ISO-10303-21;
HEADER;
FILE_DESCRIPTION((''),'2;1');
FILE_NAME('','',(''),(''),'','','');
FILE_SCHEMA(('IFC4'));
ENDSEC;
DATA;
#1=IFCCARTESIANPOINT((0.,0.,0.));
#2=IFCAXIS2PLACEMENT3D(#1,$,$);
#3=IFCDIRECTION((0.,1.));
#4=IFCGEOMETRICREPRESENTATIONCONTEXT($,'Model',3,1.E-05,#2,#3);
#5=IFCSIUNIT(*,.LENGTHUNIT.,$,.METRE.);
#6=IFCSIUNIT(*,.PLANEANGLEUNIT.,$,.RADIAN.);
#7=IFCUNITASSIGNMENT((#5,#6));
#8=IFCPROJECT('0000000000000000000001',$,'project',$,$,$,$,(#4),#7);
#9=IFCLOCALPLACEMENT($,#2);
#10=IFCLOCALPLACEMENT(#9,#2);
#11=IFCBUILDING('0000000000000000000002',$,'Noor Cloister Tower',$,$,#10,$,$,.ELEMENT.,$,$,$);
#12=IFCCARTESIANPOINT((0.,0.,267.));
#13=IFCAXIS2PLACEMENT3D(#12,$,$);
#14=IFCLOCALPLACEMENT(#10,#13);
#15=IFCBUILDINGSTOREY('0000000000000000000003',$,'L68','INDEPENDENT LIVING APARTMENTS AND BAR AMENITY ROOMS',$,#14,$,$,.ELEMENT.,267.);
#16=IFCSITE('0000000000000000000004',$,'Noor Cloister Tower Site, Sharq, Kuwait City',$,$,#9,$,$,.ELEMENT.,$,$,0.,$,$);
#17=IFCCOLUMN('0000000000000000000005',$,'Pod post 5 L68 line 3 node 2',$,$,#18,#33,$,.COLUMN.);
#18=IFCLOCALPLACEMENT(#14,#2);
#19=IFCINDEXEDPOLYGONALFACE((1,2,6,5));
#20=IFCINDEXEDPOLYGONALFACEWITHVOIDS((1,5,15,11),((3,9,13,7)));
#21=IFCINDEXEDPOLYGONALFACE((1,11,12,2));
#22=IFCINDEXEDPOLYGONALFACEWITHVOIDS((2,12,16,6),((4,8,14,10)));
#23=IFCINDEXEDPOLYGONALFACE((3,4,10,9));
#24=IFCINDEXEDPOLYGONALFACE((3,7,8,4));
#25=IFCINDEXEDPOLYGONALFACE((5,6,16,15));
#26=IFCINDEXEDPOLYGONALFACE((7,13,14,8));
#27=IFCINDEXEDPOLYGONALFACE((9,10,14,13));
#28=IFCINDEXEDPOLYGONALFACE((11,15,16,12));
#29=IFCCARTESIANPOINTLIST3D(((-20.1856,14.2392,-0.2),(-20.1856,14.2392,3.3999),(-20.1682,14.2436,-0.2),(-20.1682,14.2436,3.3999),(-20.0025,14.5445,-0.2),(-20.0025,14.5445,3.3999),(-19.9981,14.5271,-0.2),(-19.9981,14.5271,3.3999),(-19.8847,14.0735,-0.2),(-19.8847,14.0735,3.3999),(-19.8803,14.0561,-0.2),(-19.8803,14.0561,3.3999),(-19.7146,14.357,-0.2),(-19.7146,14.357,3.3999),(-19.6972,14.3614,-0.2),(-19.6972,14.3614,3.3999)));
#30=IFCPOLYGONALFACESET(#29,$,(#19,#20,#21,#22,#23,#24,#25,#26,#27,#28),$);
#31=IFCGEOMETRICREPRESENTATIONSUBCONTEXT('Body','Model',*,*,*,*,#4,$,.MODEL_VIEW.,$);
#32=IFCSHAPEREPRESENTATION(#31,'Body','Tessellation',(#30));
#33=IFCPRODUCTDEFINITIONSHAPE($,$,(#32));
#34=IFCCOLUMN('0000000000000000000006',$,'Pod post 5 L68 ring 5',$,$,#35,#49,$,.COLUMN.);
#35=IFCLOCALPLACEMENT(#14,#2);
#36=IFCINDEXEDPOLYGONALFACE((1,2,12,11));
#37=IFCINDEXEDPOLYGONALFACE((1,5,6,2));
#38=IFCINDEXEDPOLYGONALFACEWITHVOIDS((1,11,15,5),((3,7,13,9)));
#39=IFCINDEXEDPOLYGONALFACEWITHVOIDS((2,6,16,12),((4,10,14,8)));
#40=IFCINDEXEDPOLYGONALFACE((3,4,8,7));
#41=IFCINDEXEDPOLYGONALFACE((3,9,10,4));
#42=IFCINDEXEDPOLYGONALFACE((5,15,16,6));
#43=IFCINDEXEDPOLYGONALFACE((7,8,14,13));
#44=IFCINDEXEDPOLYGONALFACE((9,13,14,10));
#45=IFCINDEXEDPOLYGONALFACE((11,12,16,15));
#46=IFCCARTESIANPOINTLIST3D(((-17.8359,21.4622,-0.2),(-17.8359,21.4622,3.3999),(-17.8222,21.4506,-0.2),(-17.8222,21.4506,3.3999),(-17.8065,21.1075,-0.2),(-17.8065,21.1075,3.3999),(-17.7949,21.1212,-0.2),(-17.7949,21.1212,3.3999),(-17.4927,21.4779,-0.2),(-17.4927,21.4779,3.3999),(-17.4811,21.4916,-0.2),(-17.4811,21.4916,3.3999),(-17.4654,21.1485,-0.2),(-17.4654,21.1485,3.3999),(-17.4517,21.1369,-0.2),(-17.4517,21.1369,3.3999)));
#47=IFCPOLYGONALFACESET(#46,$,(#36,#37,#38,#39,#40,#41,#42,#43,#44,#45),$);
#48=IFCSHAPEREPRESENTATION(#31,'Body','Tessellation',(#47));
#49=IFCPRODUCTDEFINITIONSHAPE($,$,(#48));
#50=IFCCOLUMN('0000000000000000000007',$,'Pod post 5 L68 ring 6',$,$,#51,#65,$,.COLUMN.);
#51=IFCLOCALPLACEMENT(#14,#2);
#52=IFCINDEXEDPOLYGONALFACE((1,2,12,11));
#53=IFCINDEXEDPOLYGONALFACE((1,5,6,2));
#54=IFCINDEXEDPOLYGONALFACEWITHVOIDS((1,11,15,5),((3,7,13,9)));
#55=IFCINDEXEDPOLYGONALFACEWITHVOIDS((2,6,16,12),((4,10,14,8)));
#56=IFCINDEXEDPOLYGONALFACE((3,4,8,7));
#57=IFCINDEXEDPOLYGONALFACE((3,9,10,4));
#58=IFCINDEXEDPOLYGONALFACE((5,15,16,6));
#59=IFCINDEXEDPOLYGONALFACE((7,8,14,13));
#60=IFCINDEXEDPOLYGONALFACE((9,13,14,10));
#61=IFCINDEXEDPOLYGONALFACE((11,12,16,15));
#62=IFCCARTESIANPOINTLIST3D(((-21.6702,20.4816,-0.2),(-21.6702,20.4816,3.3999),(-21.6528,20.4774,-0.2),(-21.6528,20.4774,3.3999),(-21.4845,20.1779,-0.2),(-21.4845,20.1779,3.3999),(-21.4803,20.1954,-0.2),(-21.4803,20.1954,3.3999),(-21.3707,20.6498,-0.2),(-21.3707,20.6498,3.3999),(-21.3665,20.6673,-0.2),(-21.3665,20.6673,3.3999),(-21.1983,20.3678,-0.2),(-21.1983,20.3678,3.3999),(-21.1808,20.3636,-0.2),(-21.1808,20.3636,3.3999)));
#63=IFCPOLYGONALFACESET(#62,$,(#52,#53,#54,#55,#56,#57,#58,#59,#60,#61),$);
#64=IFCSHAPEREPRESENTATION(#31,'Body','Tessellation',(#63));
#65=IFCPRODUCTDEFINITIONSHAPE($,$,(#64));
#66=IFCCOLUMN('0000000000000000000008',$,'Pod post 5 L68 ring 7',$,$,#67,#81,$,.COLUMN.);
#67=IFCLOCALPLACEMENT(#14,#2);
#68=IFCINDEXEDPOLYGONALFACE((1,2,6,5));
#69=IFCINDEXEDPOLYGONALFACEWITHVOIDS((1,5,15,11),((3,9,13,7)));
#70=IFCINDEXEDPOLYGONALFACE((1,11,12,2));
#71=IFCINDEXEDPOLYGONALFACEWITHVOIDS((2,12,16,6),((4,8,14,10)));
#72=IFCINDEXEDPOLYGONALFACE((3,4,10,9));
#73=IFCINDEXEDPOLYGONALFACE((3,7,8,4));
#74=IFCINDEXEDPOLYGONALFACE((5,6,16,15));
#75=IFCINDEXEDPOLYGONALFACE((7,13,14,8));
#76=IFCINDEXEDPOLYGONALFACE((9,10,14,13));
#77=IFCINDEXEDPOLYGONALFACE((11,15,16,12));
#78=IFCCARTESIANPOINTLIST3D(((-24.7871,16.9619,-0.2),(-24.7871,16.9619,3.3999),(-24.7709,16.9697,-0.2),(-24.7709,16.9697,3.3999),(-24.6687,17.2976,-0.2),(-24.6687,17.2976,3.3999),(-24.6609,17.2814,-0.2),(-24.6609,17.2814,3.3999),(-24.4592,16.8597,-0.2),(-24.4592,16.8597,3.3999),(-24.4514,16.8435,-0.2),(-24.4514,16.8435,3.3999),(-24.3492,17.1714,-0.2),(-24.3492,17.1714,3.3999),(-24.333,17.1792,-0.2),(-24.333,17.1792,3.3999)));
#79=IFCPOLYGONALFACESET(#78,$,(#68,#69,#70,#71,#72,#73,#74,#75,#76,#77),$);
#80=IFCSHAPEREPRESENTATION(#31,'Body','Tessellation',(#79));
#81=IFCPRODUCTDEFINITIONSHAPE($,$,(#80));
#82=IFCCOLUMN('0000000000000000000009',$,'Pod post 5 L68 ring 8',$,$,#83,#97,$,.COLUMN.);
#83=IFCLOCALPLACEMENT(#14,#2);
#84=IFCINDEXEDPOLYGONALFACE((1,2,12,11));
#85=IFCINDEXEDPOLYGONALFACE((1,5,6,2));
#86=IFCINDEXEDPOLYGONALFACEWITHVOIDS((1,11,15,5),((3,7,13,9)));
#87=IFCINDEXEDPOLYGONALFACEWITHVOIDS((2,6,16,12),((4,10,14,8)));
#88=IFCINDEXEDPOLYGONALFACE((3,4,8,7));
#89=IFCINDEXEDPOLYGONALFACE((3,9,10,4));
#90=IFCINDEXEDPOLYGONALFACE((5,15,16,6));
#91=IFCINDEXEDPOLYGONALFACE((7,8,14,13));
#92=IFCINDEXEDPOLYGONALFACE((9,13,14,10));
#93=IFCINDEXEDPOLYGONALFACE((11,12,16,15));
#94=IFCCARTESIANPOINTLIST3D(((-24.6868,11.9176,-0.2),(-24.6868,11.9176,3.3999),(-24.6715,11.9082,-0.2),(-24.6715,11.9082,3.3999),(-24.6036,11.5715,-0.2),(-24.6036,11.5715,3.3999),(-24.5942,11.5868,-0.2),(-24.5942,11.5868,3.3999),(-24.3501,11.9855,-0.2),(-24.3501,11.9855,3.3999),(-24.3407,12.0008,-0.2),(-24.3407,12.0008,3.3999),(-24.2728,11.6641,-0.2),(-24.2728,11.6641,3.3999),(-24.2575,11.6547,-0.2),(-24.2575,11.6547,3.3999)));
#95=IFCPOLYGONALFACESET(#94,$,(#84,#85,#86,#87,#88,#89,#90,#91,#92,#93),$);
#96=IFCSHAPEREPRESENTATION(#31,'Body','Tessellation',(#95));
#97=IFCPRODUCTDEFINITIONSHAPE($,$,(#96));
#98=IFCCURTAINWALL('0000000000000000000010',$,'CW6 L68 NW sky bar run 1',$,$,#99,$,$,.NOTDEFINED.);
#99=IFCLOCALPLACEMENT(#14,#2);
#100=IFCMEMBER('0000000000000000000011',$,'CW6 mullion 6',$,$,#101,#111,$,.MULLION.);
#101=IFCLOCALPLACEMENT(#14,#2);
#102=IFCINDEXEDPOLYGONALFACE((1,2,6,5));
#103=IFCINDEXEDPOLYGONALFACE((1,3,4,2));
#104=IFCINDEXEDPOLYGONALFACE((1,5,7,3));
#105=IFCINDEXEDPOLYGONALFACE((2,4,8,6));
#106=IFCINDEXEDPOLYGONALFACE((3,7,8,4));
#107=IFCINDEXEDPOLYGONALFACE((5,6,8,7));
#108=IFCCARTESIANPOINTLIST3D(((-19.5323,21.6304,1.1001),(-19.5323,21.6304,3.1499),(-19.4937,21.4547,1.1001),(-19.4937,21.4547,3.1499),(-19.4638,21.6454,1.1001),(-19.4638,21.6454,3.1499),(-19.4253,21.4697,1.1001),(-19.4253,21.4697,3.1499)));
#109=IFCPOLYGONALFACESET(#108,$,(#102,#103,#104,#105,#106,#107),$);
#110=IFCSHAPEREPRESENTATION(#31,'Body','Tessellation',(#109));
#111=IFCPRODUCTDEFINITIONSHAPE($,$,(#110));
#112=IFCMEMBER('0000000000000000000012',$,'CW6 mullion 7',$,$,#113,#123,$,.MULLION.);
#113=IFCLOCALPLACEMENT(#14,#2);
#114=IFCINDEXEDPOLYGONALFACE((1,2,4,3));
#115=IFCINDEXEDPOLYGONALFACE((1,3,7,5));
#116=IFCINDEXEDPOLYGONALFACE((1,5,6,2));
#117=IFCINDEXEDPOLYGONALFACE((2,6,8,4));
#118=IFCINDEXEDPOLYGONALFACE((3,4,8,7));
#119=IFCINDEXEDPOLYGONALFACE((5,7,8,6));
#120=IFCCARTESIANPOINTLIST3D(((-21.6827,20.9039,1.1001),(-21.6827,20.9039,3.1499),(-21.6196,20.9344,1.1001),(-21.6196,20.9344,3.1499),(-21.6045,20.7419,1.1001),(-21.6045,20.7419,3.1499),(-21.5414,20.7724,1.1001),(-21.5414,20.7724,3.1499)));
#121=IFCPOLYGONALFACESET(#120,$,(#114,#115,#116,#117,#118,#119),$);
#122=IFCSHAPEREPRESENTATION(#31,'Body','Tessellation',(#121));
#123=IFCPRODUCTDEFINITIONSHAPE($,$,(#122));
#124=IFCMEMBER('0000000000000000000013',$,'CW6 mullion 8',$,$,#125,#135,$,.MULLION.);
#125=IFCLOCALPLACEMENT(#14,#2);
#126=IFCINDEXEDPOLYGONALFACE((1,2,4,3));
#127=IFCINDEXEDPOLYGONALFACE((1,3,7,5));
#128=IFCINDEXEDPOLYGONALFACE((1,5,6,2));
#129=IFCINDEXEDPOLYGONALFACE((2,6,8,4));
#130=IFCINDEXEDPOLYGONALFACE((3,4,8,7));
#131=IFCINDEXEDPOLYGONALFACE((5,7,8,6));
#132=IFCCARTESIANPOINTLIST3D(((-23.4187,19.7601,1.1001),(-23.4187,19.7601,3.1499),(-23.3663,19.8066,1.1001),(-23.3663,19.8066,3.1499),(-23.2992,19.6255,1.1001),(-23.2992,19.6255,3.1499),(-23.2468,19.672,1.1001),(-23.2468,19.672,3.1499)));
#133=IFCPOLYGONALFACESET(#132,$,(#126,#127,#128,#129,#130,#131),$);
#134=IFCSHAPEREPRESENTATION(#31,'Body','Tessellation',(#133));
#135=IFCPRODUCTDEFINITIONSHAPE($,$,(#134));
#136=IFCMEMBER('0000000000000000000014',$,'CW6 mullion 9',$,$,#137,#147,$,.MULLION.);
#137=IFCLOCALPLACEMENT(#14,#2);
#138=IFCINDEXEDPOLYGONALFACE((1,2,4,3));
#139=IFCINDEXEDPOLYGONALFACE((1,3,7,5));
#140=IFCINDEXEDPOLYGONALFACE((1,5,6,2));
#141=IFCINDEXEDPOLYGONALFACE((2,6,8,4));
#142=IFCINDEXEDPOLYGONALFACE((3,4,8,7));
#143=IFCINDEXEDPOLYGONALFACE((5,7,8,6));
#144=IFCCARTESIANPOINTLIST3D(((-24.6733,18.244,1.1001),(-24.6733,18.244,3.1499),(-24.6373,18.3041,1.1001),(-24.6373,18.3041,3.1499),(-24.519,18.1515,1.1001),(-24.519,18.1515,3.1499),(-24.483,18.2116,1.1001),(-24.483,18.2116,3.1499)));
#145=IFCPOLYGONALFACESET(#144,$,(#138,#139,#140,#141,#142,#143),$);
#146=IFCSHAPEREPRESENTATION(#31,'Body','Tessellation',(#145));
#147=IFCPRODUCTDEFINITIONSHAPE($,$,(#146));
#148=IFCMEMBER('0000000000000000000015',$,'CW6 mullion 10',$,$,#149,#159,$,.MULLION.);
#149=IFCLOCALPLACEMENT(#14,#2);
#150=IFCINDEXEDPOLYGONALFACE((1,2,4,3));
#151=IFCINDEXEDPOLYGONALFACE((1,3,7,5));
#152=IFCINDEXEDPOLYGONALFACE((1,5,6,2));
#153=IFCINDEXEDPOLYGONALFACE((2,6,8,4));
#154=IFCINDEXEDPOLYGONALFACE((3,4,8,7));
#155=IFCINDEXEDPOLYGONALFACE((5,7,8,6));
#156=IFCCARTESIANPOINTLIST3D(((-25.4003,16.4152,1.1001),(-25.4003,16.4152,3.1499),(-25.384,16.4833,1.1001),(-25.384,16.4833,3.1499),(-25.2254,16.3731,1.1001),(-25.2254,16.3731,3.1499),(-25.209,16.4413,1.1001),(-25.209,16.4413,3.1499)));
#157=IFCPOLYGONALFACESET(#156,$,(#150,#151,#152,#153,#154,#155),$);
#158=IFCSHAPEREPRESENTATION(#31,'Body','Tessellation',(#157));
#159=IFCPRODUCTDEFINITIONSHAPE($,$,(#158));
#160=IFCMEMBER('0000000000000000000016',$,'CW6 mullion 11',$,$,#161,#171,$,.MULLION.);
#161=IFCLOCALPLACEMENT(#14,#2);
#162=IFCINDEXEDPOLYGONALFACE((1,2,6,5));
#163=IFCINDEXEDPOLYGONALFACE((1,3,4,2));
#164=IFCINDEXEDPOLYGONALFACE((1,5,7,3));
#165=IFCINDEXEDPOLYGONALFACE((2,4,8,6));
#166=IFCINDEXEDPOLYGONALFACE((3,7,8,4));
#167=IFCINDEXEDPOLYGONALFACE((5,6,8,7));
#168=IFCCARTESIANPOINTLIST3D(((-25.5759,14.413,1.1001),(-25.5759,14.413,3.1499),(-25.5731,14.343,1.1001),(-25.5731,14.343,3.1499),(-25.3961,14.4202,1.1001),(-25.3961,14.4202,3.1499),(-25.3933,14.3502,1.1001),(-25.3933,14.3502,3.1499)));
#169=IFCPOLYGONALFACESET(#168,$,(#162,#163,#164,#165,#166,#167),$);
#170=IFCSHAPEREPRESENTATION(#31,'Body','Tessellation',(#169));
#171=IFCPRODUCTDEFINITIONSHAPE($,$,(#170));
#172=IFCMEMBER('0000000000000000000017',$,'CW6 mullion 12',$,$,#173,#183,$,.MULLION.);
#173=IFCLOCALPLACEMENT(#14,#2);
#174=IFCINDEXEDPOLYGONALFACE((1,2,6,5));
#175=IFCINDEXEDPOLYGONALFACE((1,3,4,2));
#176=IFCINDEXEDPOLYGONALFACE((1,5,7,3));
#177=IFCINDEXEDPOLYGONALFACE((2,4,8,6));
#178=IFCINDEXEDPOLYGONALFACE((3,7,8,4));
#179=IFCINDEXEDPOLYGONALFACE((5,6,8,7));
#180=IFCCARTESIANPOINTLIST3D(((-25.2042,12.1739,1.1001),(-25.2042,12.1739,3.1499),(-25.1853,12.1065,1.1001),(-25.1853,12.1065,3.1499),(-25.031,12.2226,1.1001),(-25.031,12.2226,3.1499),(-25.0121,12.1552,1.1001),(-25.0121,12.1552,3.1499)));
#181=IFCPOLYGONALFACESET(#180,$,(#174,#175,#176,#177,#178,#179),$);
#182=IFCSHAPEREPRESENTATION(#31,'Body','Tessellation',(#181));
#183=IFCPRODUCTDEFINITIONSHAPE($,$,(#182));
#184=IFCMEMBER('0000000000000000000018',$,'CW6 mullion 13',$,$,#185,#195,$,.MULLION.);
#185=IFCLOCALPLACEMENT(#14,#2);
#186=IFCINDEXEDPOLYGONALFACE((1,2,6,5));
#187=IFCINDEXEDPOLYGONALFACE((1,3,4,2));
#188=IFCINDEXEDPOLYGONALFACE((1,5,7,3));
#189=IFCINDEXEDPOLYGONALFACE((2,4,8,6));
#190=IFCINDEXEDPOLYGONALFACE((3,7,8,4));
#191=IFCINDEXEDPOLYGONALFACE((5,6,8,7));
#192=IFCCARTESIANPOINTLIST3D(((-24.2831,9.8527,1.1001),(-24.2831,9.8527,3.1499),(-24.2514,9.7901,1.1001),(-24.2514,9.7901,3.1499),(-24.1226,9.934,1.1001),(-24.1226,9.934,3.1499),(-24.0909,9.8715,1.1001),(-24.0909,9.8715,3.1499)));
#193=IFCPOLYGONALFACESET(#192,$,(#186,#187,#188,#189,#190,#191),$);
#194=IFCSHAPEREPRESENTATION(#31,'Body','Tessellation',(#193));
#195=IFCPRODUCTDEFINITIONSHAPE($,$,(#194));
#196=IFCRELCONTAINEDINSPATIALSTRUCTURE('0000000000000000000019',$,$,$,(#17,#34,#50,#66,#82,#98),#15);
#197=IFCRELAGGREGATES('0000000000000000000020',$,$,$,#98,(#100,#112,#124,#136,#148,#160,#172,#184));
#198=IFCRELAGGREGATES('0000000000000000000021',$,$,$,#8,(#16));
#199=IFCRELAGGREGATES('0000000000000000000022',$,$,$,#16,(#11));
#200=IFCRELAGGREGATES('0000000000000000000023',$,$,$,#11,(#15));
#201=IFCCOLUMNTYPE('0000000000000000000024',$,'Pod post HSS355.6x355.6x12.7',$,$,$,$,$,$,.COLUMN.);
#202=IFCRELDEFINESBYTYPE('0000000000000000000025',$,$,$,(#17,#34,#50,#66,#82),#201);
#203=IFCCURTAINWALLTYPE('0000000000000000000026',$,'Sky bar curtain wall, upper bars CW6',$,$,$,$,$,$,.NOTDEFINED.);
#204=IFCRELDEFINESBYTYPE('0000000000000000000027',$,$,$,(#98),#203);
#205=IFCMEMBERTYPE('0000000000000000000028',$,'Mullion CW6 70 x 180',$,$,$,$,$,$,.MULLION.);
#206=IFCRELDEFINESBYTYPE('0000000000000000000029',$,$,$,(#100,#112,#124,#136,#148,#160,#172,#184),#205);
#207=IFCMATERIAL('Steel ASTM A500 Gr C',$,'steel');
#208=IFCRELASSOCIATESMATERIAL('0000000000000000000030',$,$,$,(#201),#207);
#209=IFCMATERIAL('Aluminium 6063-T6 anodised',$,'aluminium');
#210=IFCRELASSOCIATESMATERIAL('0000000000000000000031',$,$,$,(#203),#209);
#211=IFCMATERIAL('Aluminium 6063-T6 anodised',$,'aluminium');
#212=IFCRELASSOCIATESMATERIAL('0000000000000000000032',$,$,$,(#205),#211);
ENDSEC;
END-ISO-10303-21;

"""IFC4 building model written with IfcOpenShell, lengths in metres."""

from ifc_helpers import new_model, si_unit, direction, frame, origin, origin_2d, place, context, subcontext, project, spatial, rectangle, hollow_rectangle, extrude, material, material_profile, profile_set, type_object, element, aggregate, save


model = new_model("IFC4")

# Units and contexts
model_context = context("Model", 3, precision=1e-05, world=origin(), true_north=direction((0.0, 1.0)))
body_context = subcontext(model_context, "Body", "Model", "MODEL_VIEW")
ifc_project = project(units=[si_unit("LENGTHUNIT", "METRE"), si_unit("PLANEANGLEUNIT", "RADIAN")], contexts=[model_context])

# Site, building, storey
site_placement = place(None, origin())
site = spatial("IfcSite", under=ifc_project, at=site_placement, Name="Noor Cloister Tower Site, Sharq, Kuwait City", CompositionType="ELEMENT", RefElevation=0.0)
building_placement = place(site_placement, origin())
building = spatial("IfcBuilding", under=site, at=building_placement, Name="Noor Cloister Tower", CompositionType="ELEMENT")
storey_placement = place(building_placement, frame((0.0, 0.0, 267.0)))
storey = spatial("IfcBuildingStorey", under=building, at=storey_placement, Name="L68", Description="INDEPENDENT LIVING APARTMENTS AND BAR AMENITY ROOMS", CompositionType="ELEMENT", Elevation=267.0)

# Columns
ifc_material_1 = material(Name="Steel ASTM A500 Gr C", Category="steel")
ifc_material_profile_1 = material_profile(ifc_material_1, hollow_rectangle(XDim=0.356, YDim=0.356, WallThickness=0.0127, at=origin_2d()), Name="HSS355.6x355.6x12.7")
ifc_profile_set_1 = profile_set([ifc_material_profile_1], Name="Steel ASTM A500 Gr C")
column_type = type_object("IfcColumnType", Name="Pod post HSS355.6x355.6x12.7", PredefinedType="COLUMN", material=ifc_profile_set_1)
for number, where, z_axis, x_axis, name in (
    (1, (-19.9414, 14.3003, -0.2), (0.0, 0.0, 1.0), (-0.857567, 0.514373, 0.0), "Pod post 5 L68 line 3 node 2"),
    (2, (-17.6438, 21.2996, -0.2), (0.0, 0.0, 1.0), (-0.996585, -0.082572, 0.0), "Pod post 5 L68 ring 5"),
    (3, (-21.4255, 20.4226, -0.2), (0.0, 0.0, 1.0), (-0.853154, -0.521659, 0.0), "Pod post 5 L68 ring 6"),
    (4, (-24.5601, 17.0706, -0.2), (0.0, 0.0, 1.0), (-0.332679, -0.94304, 0.0), "Pod post 5 L68 ring 7"),
    (5, (-24.4722, 11.7861, -0.2), (0.0, 0.0, 1.0), (0.233735, -0.9723, 0.0), "Pod post 5 L68 ring 8"),
):
    element("IfcColumn", number, at=place(storey_placement, frame(where, z_axis=z_axis, x_axis=x_axis)), inside=storey, type_object=column_type, Name=name, PredefinedType="COLUMN", context=body_context, shape_type="SweptSolid", body=[
        extrude(hollow_rectangle(XDim=0.356, YDim=0.356, WallThickness=0.0127, at=origin_2d()), origin(), (0.0, 0.0, 1.0), 3.5999),
    ])

# Curtain wall, members
ifc_material_2 = material(Name="Aluminium 6063-T6 anodised", Category="aluminium")
curtain_wall_type = type_object("IfcCurtainWallType", Name="Sky bar curtain wall, upper bars CW6", PredefinedType="NOTDEFINED", material=ifc_material_2)
curtain_wall_placement = place(storey_placement, origin())
curtain_wall = element("IfcCurtainWall", 6, at=curtain_wall_placement, inside=storey, type_object=curtain_wall_type, Name="CW6 L68 NW sky bar run 1", PredefinedType="NOTDEFINED")
ifc_material_3 = material(Name="Aluminium 6063-T6 anodised", Category="aluminium")
ifc_material_profile_2 = material_profile(ifc_material_3, rectangle(XDim=0.1799, YDim=0.0701, at=origin_2d()), Name="180 x 70 mullion")
ifc_profile_set_2 = profile_set([ifc_material_profile_2], Name="Aluminium 6063-T6 anodised")
member_type = type_object("IfcMemberType", Name="Mullion CW6 70 x 180", PredefinedType="MULLION", material=ifc_profile_set_2)
member_1_placement = place(storey_placement, frame((-19.4788, 21.55, 1.1001), z_axis=(0.0, 0.0, 1.0), x_axis=(0.214216, -0.976786, 0.0)))
member_1 = element("IfcMember", 7, at=member_1_placement, type_object=member_type, Name="CW6 mullion 6", PredefinedType="MULLION", context=body_context, shape_type="SweptSolid", body=[
    extrude(rectangle(XDim=0.1799, YDim=0.0701, at=origin_2d()), origin(), (0.0, 0.0, 1.0), 2.0498),
])
member_2_placement = place(storey_placement, frame((-21.6121, 20.8381, 1.1001), z_axis=(0.0, 0.0, 1.0), x_axis=(0.434972, -0.900444, 0.0)))
member_2 = element("IfcMember", 8, at=member_2_placement, type_object=member_type, Name="CW6 mullion 7", PredefinedType="MULLION", context=body_context, shape_type="SweptSolid", body=[
    extrude(rectangle(XDim=0.1799, YDim=0.0701, at=origin_2d()), origin(), (0.0, 0.0, 1.0), 2.0498),
])
member_3_placement = place(storey_placement, frame((-23.3328, 19.7161, 1.1001), z_axis=(0.0, 0.0, 1.0), x_axis=(0.663832, -0.747882, 0.0)))
member_3 = element("IfcMember", 9, at=member_3_placement, type_object=member_type, Name="CW6 mullion 8", PredefinedType="MULLION", context=body_context, shape_type="SweptSolid", body=[
    extrude(rectangle(XDim=0.1799, YDim=0.0701, at=origin_2d()), origin(), (0.0, 0.0, 1.0), 2.0498),
])
member_4_placement = place(storey_placement, frame((-24.5781, 18.2278, 1.1001), z_axis=(0.0, 0.0, 1.0), x_axis=(0.857567, -0.514373, 0.0)))
member_4 = element("IfcMember", 10, at=member_4_placement, type_object=member_type, Name="CW6 mullion 9", PredefinedType="MULLION", context=body_context, shape_type="SweptSolid", body=[
    extrude(rectangle(XDim=0.1799, YDim=0.0701, at=origin_2d()), origin(), (0.0, 0.0, 1.0), 2.0498),
])
member_5_placement = place(storey_placement, frame((-25.3047, 16.4282, 1.1001), z_axis=(0.0, 0.0, 1.0), x_axis=(0.972354, -0.23351, 0.0)))
member_5 = element("IfcMember", 11, at=member_5_placement, type_object=member_type, Name="CW6 mullion 10", PredefinedType="MULLION", context=body_context, shape_type="SweptSolid", body=[
    extrude(rectangle(XDim=0.1799, YDim=0.0701, at=origin_2d()), origin(), (0.0, 0.0, 1.0), 2.0498),
])
member_6_placement = place(storey_placement, frame((-25.4846, 14.3816, 1.1001), z_axis=(0.0, 0.0, 1.0), x_axis=(0.999191, 0.040226, 0.0)))
member_6 = element("IfcMember", 12, at=member_6_placement, type_object=member_type, Name="CW6 mullion 11", PredefinedType="MULLION", context=body_context, shape_type="SweptSolid", body=[
    extrude(rectangle(XDim=0.1799, YDim=0.0701, at=origin_2d()), origin(), (0.0, 0.0, 1.0), 2.0498),
])
member_7_placement = place(storey_placement, frame((-25.1082, 12.1646, 1.1001), z_axis=(0.0, 0.0, 1.0), x_axis=(0.9626, 0.270927, 0.0)))
member_7 = element("IfcMember", 13, at=member_7_placement, type_object=member_type, Name="CW6 mullion 12", PredefinedType="MULLION", context=body_context, shape_type="SweptSolid", body=[
    extrude(rectangle(XDim=0.1799, YDim=0.0701, at=origin_2d()), origin(), (0.0, 0.0, 1.0), 2.0498),
])
member_8_placement = place(storey_placement, frame((-24.187, 9.8621, 1.1001), z_axis=(0.0, 0.0, 1.0), x_axis=(0.892045, 0.451948, 0.0)))
member_8 = element("IfcMember", 14, at=member_8_placement, type_object=member_type, Name="CW6 mullion 13", PredefinedType="MULLION", context=body_context, shape_type="SweptSolid", body=[
    extrude(rectangle(XDim=0.1799, YDim=0.0701, at=origin_2d()), origin(), (0.0, 0.0, 1.0), 2.0498),
])

aggregate(curtain_wall, [member_1, member_2, member_3, member_4, member_5, member_6, member_7, member_8])

save(model, "model.ifc")
